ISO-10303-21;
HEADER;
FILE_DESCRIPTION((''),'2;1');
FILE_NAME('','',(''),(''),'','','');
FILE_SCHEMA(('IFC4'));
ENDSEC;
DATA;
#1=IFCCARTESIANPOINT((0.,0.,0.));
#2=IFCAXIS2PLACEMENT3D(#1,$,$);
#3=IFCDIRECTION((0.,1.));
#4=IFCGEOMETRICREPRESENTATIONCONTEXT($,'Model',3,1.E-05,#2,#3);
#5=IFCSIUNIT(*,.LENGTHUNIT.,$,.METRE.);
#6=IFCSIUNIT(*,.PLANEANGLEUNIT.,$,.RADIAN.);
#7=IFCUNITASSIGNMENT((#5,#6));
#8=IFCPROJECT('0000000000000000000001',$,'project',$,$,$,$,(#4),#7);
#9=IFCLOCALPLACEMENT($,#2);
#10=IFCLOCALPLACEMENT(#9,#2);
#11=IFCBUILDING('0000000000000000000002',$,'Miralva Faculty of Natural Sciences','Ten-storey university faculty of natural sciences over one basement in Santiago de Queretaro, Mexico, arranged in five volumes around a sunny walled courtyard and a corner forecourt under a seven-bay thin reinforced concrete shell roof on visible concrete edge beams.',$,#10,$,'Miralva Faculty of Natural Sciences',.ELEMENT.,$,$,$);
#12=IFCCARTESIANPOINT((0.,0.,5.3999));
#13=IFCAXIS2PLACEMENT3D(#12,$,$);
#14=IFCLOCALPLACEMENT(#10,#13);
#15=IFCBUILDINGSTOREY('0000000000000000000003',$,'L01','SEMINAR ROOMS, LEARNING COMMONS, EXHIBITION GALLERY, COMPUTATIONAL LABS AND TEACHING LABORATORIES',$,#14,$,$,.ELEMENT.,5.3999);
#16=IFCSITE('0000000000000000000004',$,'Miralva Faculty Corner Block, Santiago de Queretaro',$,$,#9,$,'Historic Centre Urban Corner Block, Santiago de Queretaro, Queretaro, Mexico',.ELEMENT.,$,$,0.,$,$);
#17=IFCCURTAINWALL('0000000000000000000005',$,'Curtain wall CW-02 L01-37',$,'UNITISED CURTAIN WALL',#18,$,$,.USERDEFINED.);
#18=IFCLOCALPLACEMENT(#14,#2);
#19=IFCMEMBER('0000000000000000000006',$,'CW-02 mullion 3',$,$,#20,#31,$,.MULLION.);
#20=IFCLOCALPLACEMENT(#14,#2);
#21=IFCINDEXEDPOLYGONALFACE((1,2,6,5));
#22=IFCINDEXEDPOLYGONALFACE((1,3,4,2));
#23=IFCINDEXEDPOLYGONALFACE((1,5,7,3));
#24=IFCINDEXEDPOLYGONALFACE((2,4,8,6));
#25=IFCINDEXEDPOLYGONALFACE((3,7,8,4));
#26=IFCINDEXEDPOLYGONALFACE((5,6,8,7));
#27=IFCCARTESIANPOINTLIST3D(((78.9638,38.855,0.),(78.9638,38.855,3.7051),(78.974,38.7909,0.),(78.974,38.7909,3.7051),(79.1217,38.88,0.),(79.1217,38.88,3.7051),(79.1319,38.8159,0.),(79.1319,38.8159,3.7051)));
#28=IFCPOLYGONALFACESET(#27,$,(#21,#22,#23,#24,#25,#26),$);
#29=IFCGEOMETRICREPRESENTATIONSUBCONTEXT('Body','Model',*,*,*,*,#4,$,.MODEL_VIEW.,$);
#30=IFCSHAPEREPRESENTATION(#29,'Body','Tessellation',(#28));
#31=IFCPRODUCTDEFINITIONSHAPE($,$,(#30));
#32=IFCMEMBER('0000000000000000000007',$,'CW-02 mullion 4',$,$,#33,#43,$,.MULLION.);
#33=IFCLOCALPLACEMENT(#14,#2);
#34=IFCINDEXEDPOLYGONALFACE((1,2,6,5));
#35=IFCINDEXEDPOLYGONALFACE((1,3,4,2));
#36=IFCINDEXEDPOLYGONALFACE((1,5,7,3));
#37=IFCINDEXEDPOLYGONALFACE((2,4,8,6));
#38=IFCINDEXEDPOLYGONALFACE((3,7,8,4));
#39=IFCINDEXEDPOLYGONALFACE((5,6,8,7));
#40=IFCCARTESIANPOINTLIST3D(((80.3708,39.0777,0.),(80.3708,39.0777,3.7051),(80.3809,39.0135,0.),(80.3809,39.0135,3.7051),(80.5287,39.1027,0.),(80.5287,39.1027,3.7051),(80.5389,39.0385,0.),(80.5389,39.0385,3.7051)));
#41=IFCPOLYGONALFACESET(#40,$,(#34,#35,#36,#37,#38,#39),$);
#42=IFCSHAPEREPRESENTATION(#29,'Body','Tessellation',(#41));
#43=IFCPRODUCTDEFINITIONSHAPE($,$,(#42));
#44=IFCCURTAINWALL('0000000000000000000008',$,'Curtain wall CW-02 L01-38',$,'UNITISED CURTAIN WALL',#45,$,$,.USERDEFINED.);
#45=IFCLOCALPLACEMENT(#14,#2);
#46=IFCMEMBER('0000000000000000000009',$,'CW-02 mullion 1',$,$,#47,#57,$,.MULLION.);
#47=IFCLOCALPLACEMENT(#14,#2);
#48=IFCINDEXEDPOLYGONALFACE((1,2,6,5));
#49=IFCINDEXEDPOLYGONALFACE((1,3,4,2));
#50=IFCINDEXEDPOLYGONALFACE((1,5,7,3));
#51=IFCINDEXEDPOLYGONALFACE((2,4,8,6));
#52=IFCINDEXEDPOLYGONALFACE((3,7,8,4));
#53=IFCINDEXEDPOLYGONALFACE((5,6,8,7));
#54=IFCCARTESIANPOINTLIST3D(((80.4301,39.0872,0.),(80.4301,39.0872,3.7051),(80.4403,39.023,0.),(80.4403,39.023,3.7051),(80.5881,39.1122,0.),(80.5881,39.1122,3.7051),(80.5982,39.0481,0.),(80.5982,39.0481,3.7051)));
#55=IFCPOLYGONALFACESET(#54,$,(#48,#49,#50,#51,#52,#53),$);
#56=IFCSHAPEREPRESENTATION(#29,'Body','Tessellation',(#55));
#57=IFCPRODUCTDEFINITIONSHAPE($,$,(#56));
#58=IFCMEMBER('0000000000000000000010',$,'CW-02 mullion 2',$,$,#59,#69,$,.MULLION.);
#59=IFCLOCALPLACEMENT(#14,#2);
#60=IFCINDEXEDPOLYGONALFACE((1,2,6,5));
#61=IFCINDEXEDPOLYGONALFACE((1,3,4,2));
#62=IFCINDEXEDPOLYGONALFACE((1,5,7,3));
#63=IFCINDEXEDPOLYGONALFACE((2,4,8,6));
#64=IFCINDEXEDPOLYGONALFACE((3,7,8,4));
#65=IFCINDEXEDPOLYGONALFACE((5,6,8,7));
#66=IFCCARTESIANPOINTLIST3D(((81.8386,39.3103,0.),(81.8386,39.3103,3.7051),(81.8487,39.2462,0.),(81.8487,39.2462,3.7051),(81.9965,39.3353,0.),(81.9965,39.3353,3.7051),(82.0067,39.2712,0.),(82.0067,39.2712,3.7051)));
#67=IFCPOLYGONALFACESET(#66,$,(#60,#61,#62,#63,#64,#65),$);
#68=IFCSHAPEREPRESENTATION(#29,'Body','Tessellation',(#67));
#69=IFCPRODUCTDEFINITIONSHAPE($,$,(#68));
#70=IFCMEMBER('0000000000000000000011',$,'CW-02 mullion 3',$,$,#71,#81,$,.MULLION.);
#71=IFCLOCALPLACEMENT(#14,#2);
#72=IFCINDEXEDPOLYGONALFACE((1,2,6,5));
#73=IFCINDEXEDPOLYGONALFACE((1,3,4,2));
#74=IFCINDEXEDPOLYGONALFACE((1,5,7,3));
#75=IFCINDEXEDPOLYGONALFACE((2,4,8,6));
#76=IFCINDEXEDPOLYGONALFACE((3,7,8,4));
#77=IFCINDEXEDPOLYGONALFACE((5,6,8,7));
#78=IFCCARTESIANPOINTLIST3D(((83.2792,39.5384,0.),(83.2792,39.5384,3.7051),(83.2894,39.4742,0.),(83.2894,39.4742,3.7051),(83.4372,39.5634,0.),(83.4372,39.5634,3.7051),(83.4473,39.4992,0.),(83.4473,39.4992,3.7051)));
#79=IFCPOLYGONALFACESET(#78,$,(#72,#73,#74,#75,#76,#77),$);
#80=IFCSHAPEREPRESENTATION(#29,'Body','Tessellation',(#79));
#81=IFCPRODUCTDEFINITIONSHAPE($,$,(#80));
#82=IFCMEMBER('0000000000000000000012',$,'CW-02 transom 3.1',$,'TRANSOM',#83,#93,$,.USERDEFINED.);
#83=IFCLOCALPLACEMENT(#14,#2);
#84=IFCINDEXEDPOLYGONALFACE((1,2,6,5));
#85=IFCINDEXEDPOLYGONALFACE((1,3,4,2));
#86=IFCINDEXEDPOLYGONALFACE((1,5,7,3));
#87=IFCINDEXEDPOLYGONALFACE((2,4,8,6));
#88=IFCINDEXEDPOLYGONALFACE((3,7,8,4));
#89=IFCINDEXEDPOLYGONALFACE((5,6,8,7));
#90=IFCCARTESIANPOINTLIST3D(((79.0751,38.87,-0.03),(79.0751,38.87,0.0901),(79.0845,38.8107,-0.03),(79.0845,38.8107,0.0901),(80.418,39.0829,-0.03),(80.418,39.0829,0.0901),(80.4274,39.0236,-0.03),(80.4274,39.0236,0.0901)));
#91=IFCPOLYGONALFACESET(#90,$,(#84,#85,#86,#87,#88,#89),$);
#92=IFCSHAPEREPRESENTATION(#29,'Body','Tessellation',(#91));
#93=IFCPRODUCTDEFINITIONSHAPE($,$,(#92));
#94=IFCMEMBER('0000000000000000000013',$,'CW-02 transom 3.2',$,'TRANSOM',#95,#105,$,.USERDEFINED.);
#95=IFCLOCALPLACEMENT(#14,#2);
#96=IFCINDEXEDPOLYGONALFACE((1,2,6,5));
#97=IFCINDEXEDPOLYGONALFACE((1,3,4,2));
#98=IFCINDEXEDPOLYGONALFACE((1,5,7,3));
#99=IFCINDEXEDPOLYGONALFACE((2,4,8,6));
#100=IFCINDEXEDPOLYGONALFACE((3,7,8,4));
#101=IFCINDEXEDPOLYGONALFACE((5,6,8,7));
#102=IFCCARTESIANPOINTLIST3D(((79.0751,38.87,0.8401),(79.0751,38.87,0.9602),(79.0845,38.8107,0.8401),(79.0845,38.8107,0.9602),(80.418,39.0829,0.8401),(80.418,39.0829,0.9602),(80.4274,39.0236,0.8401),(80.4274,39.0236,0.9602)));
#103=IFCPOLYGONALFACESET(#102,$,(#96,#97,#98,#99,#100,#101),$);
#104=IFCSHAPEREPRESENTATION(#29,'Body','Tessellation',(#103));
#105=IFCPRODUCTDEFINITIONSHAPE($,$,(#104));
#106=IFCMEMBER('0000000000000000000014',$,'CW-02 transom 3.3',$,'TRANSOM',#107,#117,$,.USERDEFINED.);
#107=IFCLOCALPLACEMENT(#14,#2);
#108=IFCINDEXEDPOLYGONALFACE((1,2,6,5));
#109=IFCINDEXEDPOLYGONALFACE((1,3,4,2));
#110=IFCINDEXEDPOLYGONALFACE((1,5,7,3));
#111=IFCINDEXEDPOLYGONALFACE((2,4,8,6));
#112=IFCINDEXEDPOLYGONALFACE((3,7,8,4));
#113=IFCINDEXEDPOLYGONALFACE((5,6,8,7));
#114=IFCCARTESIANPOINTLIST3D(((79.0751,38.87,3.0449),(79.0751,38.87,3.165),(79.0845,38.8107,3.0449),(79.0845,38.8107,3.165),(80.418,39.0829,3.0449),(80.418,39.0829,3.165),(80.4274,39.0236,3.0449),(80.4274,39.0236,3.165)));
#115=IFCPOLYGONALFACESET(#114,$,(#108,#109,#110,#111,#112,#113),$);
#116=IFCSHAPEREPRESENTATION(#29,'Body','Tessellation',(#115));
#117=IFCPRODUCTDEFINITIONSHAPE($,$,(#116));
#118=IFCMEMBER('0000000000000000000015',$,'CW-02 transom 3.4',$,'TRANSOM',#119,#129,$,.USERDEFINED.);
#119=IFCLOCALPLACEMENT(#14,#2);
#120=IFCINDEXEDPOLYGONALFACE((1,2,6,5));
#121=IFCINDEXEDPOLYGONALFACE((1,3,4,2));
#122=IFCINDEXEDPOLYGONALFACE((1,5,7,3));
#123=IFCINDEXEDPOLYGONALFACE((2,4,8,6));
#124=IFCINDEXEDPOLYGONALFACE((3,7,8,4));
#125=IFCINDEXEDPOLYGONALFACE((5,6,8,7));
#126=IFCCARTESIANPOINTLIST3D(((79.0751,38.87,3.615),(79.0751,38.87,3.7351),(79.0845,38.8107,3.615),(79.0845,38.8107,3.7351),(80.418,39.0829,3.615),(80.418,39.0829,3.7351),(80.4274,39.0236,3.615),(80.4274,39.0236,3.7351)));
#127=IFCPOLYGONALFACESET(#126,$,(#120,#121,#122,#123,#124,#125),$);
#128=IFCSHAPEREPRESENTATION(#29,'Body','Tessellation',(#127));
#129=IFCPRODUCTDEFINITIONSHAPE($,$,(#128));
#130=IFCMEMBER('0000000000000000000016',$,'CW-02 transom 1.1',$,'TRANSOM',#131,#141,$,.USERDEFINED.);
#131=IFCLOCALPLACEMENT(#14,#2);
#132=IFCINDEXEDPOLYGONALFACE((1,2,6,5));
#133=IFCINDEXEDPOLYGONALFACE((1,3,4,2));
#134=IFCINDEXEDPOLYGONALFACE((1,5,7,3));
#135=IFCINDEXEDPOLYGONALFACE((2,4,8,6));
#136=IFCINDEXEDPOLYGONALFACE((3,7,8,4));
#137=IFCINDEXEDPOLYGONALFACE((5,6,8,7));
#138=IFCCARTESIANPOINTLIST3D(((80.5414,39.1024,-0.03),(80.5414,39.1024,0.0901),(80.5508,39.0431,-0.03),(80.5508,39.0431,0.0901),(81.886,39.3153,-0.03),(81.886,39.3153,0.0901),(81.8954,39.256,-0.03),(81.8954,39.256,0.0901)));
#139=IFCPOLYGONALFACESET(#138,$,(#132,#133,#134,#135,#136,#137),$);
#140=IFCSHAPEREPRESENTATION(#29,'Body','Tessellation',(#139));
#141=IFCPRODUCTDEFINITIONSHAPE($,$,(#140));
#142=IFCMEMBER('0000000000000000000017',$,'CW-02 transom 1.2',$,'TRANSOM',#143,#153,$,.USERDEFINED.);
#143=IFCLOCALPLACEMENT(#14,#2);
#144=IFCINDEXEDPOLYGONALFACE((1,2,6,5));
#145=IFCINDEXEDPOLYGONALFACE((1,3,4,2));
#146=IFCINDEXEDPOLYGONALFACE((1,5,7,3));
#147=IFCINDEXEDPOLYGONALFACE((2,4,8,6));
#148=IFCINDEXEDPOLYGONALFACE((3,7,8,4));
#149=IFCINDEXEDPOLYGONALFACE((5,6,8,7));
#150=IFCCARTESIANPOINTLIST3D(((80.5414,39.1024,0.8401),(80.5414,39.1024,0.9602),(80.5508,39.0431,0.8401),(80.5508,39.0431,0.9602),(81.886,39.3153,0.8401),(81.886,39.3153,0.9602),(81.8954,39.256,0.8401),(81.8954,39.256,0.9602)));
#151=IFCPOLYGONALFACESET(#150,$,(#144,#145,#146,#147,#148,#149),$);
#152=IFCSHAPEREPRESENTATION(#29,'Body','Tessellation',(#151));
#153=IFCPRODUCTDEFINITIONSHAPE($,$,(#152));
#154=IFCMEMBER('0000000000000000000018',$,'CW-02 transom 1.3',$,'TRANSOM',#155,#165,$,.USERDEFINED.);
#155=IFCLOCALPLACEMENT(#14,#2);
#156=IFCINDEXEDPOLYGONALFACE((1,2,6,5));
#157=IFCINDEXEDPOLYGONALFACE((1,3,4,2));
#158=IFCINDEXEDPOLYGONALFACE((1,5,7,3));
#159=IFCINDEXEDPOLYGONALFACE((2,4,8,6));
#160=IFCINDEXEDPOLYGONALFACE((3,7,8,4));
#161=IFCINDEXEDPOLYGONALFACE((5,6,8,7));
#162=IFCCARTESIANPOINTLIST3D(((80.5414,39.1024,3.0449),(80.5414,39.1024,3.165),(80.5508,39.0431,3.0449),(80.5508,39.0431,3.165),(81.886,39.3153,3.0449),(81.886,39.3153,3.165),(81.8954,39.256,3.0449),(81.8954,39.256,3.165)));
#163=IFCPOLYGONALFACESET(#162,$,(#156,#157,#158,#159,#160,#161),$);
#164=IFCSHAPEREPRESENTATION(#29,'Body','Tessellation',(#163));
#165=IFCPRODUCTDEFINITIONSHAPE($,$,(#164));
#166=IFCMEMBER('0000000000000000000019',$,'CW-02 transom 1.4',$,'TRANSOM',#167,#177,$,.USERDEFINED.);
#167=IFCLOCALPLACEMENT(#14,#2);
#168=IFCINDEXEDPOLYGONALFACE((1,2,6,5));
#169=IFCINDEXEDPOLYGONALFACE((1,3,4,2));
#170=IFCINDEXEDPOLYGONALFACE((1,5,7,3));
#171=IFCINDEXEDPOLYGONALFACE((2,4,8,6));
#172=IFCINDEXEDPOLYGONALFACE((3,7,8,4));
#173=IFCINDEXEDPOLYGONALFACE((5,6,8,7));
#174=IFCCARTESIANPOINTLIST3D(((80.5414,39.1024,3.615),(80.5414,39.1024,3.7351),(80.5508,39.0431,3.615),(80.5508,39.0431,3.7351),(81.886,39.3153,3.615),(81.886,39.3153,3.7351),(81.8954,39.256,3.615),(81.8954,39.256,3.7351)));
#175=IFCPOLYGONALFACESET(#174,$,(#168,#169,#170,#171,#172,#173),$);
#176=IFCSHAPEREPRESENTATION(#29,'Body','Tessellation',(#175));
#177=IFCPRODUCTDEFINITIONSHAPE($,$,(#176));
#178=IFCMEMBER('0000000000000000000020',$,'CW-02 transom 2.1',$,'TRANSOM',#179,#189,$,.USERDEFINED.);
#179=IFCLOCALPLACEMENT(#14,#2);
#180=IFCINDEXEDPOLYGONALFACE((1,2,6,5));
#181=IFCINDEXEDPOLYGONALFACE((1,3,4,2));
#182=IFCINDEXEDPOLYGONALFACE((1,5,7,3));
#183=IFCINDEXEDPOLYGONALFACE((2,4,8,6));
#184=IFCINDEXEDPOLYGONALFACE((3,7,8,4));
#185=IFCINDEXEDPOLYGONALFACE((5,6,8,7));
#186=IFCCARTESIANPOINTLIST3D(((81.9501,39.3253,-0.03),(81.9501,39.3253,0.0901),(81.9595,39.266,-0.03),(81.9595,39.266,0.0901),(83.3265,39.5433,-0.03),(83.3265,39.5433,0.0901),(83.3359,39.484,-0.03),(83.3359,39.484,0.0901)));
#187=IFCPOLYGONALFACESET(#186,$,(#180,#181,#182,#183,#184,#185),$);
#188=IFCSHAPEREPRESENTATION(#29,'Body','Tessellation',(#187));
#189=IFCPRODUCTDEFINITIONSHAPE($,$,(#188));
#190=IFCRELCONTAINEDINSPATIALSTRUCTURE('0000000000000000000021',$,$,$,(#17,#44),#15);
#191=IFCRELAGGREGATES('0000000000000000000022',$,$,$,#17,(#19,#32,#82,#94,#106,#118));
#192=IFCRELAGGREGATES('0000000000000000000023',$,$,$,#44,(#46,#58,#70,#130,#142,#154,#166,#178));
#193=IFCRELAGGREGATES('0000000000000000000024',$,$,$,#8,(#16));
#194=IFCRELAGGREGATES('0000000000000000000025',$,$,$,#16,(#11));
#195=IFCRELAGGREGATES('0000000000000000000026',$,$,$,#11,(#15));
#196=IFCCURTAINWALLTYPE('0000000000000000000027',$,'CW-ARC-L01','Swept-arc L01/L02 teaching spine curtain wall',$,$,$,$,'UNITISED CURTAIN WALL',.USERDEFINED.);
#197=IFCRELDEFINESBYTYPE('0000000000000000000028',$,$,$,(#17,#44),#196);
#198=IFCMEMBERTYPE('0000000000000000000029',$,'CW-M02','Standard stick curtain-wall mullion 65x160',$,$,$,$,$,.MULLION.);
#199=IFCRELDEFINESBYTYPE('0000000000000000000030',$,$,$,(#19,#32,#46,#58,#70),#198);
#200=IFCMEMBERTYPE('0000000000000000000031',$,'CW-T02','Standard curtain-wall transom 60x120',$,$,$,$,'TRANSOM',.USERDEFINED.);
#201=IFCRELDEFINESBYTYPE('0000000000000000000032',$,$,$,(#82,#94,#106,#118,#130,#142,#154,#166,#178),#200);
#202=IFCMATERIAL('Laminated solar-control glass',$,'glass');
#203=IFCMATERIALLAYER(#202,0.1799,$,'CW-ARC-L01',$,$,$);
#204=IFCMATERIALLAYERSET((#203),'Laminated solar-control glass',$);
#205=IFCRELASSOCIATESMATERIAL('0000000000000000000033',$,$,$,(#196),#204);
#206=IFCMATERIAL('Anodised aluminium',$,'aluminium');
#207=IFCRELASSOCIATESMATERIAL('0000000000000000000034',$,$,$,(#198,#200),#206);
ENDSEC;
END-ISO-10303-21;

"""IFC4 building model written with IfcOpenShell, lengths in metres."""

from ifc_helpers import new_model, si_unit, direction, frame, origin, origin_2d, place, context, subcontext, project, spatial, rectangle, extrude, material, layer, layer_set, material_profile, profile_set, type_object, element, aggregate, save


model = new_model("IFC4")

# Units and contexts
model_context = context("Model", 3, precision=1e-05, world=origin(), true_north=direction((0.0, 1.0)))
body_context = subcontext(model_context, "Body", "Model", "MODEL_VIEW")
ifc_project = project(units=[si_unit("LENGTHUNIT", "METRE"), si_unit("PLANEANGLEUNIT", "RADIAN")], contexts=[model_context])

# Site, building, storey
site_placement = place(None, origin())
site = spatial("IfcSite", under=ifc_project, at=site_placement, Name="Miralva Faculty Corner Block, Santiago de Queretaro", LongName="Historic Centre Urban Corner Block, Santiago de Queretaro, Queretaro, Mexico", CompositionType="ELEMENT", RefElevation=0.0)
building_placement = place(site_placement, origin())
building = spatial("IfcBuilding", under=site, at=building_placement, Name="Miralva Faculty of Natural Sciences", Description="Ten-storey university faculty of natural sciences over one basement in Santiago de Queretaro, Mexico, arranged in five volumes around a sunny walled courtyard and a corner forecourt under a seven-bay thin reinforced concrete shell roof on visible concrete edge beams.", LongName="Miralva Faculty of Natural Sciences", CompositionType="ELEMENT")
storey_placement = place(building_placement, frame((0.0, 0.0, 5.3999)))
storey = spatial("IfcBuildingStorey", under=building, at=storey_placement, Name="L01", Description="SEMINAR ROOMS, LEARNING COMMONS, EXHIBITION GALLERY, COMPUTATIONAL LABS AND TEACHING LABORATORIES", CompositionType="ELEMENT", Elevation=5.3999)

# Curtain walls, members
ifc_material_1 = material(Name="Laminated solar-control glass", Category="glass")
ifc_layer_1 = layer(ifc_material_1, 0.1799, Name="CW-ARC-L01")
ifc_layer_set_1 = layer_set([ifc_layer_1], Name="Laminated solar-control glass")
curtain_wall_type = type_object("IfcCurtainWallType", Name="CW-ARC-L01", Description="Swept-arc L01/L02 teaching spine curtain wall", ElementType="UNITISED CURTAIN WALL", PredefinedType="USERDEFINED", material=ifc_layer_set_1)
curtain_wall_1_placement = place(storey_placement, origin())
curtain_wall_1 = element("IfcCurtainWall", 1, at=curtain_wall_1_placement, inside=storey, type_object=curtain_wall_type, Name="Curtain wall CW-02 L01-37", ObjectType="UNITISED CURTAIN WALL", PredefinedType="USERDEFINED")
ifc_material_2 = material(Name="Anodised aluminium", Category="aluminium")
ifc_material_profile_1 = material_profile(ifc_material_2, rectangle(XDim=0.0649, YDim=0.1599, at=origin_2d()), Name="MULLION 65x160")
ifc_profile_set_1 = profile_set([ifc_material_profile_1], Name="Anodised aluminium")
member_type_1 = type_object("IfcMemberType", Name="CW-M02", Description="Standard stick curtain-wall mullion 65x160", PredefinedType="MULLION", material=ifc_profile_set_1)
member_1_placement = place(storey_placement, frame((79.0479, 38.8354, 0.0), z_axis=(0.0, 0.0, 1.0), x_axis=(-0.15644, 0.987688, 0.0)))
member_1 = element("IfcMember", 2, at=member_1_placement, type_object=member_type_1, Name="CW-02 mullion 3", PredefinedType="MULLION", context=body_context, shape_type="SweptSolid", body=[
    extrude(rectangle(XDim=0.0649, YDim=0.1599, at=origin_2d()), origin(), (0.0, 0.0, 1.0), 3.7051),
])
member_2_placement = place(storey_placement, frame((80.4548, 39.0581, 0.0), z_axis=(0.0, 0.0, 1.0), x_axis=(-0.15644, 0.987688, 0.0)))
member_2 = element("IfcMember", 3, at=member_2_placement, type_object=member_type_1, Name="CW-02 mullion 4", PredefinedType="MULLION", context=body_context, shape_type="SweptSolid", body=[
    extrude(rectangle(XDim=0.0649, YDim=0.1599, at=origin_2d()), origin(), (0.0, 0.0, 1.0), 3.7051),
])
curtain_wall_2_placement = place(storey_placement, origin())
curtain_wall_2 = element("IfcCurtainWall", 4, at=curtain_wall_2_placement, inside=storey, type_object=curtain_wall_type, Name="Curtain wall CW-02 L01-38", ObjectType="UNITISED CURTAIN WALL", PredefinedType="USERDEFINED")
member_3_placement = place(storey_placement, frame((80.5142, 39.0676, 0.0), z_axis=(0.0, 0.0, 1.0), x_axis=(-0.156423, 0.98769, 0.0)))
member_3 = element("IfcMember", 5, at=member_3_placement, type_object=member_type_1, Name="CW-02 mullion 1", PredefinedType="MULLION", context=body_context, shape_type="SweptSolid", body=[
    extrude(rectangle(XDim=0.0649, YDim=0.1599, at=origin_2d()), origin(), (0.0, 0.0, 1.0), 3.7051),
])
member_4_placement = place(storey_placement, frame((81.9226, 39.2908, 0.0), z_axis=(0.0, 0.0, 1.0), x_axis=(-0.156423, 0.98769, 0.0)))
member_4 = element("IfcMember", 6, at=member_4_placement, type_object=member_type_1, Name="CW-02 mullion 2", PredefinedType="MULLION", context=body_context, shape_type="SweptSolid", body=[
    extrude(rectangle(XDim=0.0649, YDim=0.1599, at=origin_2d()), origin(), (0.0, 0.0, 1.0), 3.7051),
])
member_5_placement = place(storey_placement, frame((83.3633, 39.5188, 0.0), z_axis=(0.0, 0.0, 1.0), x_axis=(-0.156423, 0.98769, 0.0)))
member_5 = element("IfcMember", 7, at=member_5_placement, type_object=member_type_1, Name="CW-02 mullion 3", PredefinedType="MULLION", context=body_context, shape_type="SweptSolid", body=[
    extrude(rectangle(XDim=0.0649, YDim=0.1599, at=origin_2d()), origin(), (0.0, 0.0, 1.0), 3.7051),
])

# Members
ifc_material_profile_2 = material_profile(ifc_material_2, rectangle(XDim=0.0601, YDim=0.1201, at=origin_2d()), Name="TRANSOM 60x120")
ifc_profile_set_2 = profile_set([ifc_material_profile_2], Name="Anodised aluminium")
member_type_2 = type_object("IfcMemberType", Name="CW-T02", Description="Standard curtain-wall transom 60x120", ElementType="TRANSOM", PredefinedType="USERDEFINED", material=ifc_profile_set_2)
member_6_placement = place(storey_placement, frame((79.0798, 38.8403, 0.03), z_axis=(0.987664, 0.15659, 0.0), x_axis=(-0.15659, 0.987664, 0.0)))
member_6 = element("IfcMember", 8, at=member_6_placement, type_object=member_type_2, Name="CW-02 transom 3.1", ObjectType="TRANSOM", PredefinedType="USERDEFINED", context=body_context, shape_type="SweptSolid", body=[
    extrude(rectangle(XDim=0.0601, YDim=0.1201, at=origin_2d()), origin(), (0.0, 0.0, 1.0), 1.3596),
])
member_7_placement = place(storey_placement, frame((79.0798, 38.8403, 0.9001), z_axis=(0.987664, 0.15659, 0.0), x_axis=(-0.15659, 0.987664, 0.0)))
member_7 = element("IfcMember", 9, at=member_7_placement, type_object=member_type_2, Name="CW-02 transom 3.2", ObjectType="TRANSOM", PredefinedType="USERDEFINED", context=body_context, shape_type="SweptSolid", body=[
    extrude(rectangle(XDim=0.0601, YDim=0.1201, at=origin_2d()), origin(), (0.0, 0.0, 1.0), 1.3596),
])
member_8_placement = place(storey_placement, frame((79.0798, 38.8403, 3.105), z_axis=(0.987664, 0.15659, 0.0), x_axis=(-0.15659, 0.987664, 0.0)))
member_8 = element("IfcMember", 10, at=member_8_placement, type_object=member_type_2, Name="CW-02 transom 3.3", ObjectType="TRANSOM", PredefinedType="USERDEFINED", context=body_context, shape_type="SweptSolid", body=[
    extrude(rectangle(XDim=0.0601, YDim=0.1201, at=origin_2d()), origin(), (0.0, 0.0, 1.0), 1.3596),
])
member_9_placement = place(storey_placement, frame((79.0798, 38.8403, 3.675), z_axis=(0.987664, 0.15659, 0.0), x_axis=(-0.15659, 0.987664, 0.0)))
member_9 = element("IfcMember", 11, at=member_9_placement, type_object=member_type_2, Name="CW-02 transom 3.4", ObjectType="TRANSOM", PredefinedType="USERDEFINED", context=body_context, shape_type="SweptSolid", body=[
    extrude(rectangle(XDim=0.0601, YDim=0.1201, at=origin_2d()), origin(), (0.0, 0.0, 1.0), 1.3596),
])
member_10_placement = place(storey_placement, frame((80.5461, 39.0728, 0.03), z_axis=(0.987695, 0.156395, 0.0), x_axis=(-0.156395, 0.987695, 0.0)))
member_10 = element("IfcMember", 12, at=member_10_placement, type_object=member_type_2, Name="CW-02 transom 1.1", ObjectType="TRANSOM", PredefinedType="USERDEFINED", context=body_context, shape_type="SweptSolid", body=[
    extrude(rectangle(XDim=0.0601, YDim=0.1201, at=origin_2d()), origin(), (0.0, 0.0, 1.0), 1.3613),
])
member_11_placement = place(storey_placement, frame((80.5461, 39.0728, 0.9001), z_axis=(0.987695, 0.156395, 0.0), x_axis=(-0.156395, 0.987695, 0.0)))
member_11 = element("IfcMember", 13, at=member_11_placement, type_object=member_type_2, Name="CW-02 transom 1.2", ObjectType="TRANSOM", PredefinedType="USERDEFINED", context=body_context, shape_type="SweptSolid", body=[
    extrude(rectangle(XDim=0.0601, YDim=0.1201, at=origin_2d()), origin(), (0.0, 0.0, 1.0), 1.3613),
])
member_12_placement = place(storey_placement, frame((80.5461, 39.0728, 3.105), z_axis=(0.987695, 0.156395, 0.0), x_axis=(-0.156395, 0.987695, 0.0)))
member_12 = element("IfcMember", 14, at=member_12_placement, type_object=member_type_2, Name="CW-02 transom 1.3", ObjectType="TRANSOM", PredefinedType="USERDEFINED", context=body_context, shape_type="SweptSolid", body=[
    extrude(rectangle(XDim=0.0601, YDim=0.1201, at=origin_2d()), origin(), (0.0, 0.0, 1.0), 1.3613),
])
member_13_placement = place(storey_placement, frame((80.5461, 39.0728, 3.675), z_axis=(0.987695, 0.156395, 0.0), x_axis=(-0.156395, 0.987695, 0.0)))
member_13 = element("IfcMember", 15, at=member_13_placement, type_object=member_type_2, Name="CW-02 transom 1.4", ObjectType="TRANSOM", PredefinedType="USERDEFINED", context=body_context, shape_type="SweptSolid", body=[
    extrude(rectangle(XDim=0.0601, YDim=0.1201, at=origin_2d()), origin(), (0.0, 0.0, 1.0), 1.3613),
])
member_14_placement = place(storey_placement, frame((81.9548, 39.2957, 0.03), z_axis=(0.987688, 0.156439, 0.0), x_axis=(-0.156439, 0.987688, 0.0)))
member_14 = element("IfcMember", 16, at=member_14_placement, type_object=member_type_2, Name="CW-02 transom 2.1", ObjectType="TRANSOM", PredefinedType="USERDEFINED", context=body_context, shape_type="SweptSolid", body=[
    extrude(rectangle(XDim=0.0601, YDim=0.1201, at=origin_2d()), origin(), (0.0, 0.0, 1.0), 1.3936),
])

aggregate(curtain_wall_1, [member_1, member_2, member_6, member_7, member_8, member_9])
aggregate(curtain_wall_2, [member_3, member_4, member_5, member_10, member_11, member_12, member_13, member_14])

save(model, "model.ifc")
